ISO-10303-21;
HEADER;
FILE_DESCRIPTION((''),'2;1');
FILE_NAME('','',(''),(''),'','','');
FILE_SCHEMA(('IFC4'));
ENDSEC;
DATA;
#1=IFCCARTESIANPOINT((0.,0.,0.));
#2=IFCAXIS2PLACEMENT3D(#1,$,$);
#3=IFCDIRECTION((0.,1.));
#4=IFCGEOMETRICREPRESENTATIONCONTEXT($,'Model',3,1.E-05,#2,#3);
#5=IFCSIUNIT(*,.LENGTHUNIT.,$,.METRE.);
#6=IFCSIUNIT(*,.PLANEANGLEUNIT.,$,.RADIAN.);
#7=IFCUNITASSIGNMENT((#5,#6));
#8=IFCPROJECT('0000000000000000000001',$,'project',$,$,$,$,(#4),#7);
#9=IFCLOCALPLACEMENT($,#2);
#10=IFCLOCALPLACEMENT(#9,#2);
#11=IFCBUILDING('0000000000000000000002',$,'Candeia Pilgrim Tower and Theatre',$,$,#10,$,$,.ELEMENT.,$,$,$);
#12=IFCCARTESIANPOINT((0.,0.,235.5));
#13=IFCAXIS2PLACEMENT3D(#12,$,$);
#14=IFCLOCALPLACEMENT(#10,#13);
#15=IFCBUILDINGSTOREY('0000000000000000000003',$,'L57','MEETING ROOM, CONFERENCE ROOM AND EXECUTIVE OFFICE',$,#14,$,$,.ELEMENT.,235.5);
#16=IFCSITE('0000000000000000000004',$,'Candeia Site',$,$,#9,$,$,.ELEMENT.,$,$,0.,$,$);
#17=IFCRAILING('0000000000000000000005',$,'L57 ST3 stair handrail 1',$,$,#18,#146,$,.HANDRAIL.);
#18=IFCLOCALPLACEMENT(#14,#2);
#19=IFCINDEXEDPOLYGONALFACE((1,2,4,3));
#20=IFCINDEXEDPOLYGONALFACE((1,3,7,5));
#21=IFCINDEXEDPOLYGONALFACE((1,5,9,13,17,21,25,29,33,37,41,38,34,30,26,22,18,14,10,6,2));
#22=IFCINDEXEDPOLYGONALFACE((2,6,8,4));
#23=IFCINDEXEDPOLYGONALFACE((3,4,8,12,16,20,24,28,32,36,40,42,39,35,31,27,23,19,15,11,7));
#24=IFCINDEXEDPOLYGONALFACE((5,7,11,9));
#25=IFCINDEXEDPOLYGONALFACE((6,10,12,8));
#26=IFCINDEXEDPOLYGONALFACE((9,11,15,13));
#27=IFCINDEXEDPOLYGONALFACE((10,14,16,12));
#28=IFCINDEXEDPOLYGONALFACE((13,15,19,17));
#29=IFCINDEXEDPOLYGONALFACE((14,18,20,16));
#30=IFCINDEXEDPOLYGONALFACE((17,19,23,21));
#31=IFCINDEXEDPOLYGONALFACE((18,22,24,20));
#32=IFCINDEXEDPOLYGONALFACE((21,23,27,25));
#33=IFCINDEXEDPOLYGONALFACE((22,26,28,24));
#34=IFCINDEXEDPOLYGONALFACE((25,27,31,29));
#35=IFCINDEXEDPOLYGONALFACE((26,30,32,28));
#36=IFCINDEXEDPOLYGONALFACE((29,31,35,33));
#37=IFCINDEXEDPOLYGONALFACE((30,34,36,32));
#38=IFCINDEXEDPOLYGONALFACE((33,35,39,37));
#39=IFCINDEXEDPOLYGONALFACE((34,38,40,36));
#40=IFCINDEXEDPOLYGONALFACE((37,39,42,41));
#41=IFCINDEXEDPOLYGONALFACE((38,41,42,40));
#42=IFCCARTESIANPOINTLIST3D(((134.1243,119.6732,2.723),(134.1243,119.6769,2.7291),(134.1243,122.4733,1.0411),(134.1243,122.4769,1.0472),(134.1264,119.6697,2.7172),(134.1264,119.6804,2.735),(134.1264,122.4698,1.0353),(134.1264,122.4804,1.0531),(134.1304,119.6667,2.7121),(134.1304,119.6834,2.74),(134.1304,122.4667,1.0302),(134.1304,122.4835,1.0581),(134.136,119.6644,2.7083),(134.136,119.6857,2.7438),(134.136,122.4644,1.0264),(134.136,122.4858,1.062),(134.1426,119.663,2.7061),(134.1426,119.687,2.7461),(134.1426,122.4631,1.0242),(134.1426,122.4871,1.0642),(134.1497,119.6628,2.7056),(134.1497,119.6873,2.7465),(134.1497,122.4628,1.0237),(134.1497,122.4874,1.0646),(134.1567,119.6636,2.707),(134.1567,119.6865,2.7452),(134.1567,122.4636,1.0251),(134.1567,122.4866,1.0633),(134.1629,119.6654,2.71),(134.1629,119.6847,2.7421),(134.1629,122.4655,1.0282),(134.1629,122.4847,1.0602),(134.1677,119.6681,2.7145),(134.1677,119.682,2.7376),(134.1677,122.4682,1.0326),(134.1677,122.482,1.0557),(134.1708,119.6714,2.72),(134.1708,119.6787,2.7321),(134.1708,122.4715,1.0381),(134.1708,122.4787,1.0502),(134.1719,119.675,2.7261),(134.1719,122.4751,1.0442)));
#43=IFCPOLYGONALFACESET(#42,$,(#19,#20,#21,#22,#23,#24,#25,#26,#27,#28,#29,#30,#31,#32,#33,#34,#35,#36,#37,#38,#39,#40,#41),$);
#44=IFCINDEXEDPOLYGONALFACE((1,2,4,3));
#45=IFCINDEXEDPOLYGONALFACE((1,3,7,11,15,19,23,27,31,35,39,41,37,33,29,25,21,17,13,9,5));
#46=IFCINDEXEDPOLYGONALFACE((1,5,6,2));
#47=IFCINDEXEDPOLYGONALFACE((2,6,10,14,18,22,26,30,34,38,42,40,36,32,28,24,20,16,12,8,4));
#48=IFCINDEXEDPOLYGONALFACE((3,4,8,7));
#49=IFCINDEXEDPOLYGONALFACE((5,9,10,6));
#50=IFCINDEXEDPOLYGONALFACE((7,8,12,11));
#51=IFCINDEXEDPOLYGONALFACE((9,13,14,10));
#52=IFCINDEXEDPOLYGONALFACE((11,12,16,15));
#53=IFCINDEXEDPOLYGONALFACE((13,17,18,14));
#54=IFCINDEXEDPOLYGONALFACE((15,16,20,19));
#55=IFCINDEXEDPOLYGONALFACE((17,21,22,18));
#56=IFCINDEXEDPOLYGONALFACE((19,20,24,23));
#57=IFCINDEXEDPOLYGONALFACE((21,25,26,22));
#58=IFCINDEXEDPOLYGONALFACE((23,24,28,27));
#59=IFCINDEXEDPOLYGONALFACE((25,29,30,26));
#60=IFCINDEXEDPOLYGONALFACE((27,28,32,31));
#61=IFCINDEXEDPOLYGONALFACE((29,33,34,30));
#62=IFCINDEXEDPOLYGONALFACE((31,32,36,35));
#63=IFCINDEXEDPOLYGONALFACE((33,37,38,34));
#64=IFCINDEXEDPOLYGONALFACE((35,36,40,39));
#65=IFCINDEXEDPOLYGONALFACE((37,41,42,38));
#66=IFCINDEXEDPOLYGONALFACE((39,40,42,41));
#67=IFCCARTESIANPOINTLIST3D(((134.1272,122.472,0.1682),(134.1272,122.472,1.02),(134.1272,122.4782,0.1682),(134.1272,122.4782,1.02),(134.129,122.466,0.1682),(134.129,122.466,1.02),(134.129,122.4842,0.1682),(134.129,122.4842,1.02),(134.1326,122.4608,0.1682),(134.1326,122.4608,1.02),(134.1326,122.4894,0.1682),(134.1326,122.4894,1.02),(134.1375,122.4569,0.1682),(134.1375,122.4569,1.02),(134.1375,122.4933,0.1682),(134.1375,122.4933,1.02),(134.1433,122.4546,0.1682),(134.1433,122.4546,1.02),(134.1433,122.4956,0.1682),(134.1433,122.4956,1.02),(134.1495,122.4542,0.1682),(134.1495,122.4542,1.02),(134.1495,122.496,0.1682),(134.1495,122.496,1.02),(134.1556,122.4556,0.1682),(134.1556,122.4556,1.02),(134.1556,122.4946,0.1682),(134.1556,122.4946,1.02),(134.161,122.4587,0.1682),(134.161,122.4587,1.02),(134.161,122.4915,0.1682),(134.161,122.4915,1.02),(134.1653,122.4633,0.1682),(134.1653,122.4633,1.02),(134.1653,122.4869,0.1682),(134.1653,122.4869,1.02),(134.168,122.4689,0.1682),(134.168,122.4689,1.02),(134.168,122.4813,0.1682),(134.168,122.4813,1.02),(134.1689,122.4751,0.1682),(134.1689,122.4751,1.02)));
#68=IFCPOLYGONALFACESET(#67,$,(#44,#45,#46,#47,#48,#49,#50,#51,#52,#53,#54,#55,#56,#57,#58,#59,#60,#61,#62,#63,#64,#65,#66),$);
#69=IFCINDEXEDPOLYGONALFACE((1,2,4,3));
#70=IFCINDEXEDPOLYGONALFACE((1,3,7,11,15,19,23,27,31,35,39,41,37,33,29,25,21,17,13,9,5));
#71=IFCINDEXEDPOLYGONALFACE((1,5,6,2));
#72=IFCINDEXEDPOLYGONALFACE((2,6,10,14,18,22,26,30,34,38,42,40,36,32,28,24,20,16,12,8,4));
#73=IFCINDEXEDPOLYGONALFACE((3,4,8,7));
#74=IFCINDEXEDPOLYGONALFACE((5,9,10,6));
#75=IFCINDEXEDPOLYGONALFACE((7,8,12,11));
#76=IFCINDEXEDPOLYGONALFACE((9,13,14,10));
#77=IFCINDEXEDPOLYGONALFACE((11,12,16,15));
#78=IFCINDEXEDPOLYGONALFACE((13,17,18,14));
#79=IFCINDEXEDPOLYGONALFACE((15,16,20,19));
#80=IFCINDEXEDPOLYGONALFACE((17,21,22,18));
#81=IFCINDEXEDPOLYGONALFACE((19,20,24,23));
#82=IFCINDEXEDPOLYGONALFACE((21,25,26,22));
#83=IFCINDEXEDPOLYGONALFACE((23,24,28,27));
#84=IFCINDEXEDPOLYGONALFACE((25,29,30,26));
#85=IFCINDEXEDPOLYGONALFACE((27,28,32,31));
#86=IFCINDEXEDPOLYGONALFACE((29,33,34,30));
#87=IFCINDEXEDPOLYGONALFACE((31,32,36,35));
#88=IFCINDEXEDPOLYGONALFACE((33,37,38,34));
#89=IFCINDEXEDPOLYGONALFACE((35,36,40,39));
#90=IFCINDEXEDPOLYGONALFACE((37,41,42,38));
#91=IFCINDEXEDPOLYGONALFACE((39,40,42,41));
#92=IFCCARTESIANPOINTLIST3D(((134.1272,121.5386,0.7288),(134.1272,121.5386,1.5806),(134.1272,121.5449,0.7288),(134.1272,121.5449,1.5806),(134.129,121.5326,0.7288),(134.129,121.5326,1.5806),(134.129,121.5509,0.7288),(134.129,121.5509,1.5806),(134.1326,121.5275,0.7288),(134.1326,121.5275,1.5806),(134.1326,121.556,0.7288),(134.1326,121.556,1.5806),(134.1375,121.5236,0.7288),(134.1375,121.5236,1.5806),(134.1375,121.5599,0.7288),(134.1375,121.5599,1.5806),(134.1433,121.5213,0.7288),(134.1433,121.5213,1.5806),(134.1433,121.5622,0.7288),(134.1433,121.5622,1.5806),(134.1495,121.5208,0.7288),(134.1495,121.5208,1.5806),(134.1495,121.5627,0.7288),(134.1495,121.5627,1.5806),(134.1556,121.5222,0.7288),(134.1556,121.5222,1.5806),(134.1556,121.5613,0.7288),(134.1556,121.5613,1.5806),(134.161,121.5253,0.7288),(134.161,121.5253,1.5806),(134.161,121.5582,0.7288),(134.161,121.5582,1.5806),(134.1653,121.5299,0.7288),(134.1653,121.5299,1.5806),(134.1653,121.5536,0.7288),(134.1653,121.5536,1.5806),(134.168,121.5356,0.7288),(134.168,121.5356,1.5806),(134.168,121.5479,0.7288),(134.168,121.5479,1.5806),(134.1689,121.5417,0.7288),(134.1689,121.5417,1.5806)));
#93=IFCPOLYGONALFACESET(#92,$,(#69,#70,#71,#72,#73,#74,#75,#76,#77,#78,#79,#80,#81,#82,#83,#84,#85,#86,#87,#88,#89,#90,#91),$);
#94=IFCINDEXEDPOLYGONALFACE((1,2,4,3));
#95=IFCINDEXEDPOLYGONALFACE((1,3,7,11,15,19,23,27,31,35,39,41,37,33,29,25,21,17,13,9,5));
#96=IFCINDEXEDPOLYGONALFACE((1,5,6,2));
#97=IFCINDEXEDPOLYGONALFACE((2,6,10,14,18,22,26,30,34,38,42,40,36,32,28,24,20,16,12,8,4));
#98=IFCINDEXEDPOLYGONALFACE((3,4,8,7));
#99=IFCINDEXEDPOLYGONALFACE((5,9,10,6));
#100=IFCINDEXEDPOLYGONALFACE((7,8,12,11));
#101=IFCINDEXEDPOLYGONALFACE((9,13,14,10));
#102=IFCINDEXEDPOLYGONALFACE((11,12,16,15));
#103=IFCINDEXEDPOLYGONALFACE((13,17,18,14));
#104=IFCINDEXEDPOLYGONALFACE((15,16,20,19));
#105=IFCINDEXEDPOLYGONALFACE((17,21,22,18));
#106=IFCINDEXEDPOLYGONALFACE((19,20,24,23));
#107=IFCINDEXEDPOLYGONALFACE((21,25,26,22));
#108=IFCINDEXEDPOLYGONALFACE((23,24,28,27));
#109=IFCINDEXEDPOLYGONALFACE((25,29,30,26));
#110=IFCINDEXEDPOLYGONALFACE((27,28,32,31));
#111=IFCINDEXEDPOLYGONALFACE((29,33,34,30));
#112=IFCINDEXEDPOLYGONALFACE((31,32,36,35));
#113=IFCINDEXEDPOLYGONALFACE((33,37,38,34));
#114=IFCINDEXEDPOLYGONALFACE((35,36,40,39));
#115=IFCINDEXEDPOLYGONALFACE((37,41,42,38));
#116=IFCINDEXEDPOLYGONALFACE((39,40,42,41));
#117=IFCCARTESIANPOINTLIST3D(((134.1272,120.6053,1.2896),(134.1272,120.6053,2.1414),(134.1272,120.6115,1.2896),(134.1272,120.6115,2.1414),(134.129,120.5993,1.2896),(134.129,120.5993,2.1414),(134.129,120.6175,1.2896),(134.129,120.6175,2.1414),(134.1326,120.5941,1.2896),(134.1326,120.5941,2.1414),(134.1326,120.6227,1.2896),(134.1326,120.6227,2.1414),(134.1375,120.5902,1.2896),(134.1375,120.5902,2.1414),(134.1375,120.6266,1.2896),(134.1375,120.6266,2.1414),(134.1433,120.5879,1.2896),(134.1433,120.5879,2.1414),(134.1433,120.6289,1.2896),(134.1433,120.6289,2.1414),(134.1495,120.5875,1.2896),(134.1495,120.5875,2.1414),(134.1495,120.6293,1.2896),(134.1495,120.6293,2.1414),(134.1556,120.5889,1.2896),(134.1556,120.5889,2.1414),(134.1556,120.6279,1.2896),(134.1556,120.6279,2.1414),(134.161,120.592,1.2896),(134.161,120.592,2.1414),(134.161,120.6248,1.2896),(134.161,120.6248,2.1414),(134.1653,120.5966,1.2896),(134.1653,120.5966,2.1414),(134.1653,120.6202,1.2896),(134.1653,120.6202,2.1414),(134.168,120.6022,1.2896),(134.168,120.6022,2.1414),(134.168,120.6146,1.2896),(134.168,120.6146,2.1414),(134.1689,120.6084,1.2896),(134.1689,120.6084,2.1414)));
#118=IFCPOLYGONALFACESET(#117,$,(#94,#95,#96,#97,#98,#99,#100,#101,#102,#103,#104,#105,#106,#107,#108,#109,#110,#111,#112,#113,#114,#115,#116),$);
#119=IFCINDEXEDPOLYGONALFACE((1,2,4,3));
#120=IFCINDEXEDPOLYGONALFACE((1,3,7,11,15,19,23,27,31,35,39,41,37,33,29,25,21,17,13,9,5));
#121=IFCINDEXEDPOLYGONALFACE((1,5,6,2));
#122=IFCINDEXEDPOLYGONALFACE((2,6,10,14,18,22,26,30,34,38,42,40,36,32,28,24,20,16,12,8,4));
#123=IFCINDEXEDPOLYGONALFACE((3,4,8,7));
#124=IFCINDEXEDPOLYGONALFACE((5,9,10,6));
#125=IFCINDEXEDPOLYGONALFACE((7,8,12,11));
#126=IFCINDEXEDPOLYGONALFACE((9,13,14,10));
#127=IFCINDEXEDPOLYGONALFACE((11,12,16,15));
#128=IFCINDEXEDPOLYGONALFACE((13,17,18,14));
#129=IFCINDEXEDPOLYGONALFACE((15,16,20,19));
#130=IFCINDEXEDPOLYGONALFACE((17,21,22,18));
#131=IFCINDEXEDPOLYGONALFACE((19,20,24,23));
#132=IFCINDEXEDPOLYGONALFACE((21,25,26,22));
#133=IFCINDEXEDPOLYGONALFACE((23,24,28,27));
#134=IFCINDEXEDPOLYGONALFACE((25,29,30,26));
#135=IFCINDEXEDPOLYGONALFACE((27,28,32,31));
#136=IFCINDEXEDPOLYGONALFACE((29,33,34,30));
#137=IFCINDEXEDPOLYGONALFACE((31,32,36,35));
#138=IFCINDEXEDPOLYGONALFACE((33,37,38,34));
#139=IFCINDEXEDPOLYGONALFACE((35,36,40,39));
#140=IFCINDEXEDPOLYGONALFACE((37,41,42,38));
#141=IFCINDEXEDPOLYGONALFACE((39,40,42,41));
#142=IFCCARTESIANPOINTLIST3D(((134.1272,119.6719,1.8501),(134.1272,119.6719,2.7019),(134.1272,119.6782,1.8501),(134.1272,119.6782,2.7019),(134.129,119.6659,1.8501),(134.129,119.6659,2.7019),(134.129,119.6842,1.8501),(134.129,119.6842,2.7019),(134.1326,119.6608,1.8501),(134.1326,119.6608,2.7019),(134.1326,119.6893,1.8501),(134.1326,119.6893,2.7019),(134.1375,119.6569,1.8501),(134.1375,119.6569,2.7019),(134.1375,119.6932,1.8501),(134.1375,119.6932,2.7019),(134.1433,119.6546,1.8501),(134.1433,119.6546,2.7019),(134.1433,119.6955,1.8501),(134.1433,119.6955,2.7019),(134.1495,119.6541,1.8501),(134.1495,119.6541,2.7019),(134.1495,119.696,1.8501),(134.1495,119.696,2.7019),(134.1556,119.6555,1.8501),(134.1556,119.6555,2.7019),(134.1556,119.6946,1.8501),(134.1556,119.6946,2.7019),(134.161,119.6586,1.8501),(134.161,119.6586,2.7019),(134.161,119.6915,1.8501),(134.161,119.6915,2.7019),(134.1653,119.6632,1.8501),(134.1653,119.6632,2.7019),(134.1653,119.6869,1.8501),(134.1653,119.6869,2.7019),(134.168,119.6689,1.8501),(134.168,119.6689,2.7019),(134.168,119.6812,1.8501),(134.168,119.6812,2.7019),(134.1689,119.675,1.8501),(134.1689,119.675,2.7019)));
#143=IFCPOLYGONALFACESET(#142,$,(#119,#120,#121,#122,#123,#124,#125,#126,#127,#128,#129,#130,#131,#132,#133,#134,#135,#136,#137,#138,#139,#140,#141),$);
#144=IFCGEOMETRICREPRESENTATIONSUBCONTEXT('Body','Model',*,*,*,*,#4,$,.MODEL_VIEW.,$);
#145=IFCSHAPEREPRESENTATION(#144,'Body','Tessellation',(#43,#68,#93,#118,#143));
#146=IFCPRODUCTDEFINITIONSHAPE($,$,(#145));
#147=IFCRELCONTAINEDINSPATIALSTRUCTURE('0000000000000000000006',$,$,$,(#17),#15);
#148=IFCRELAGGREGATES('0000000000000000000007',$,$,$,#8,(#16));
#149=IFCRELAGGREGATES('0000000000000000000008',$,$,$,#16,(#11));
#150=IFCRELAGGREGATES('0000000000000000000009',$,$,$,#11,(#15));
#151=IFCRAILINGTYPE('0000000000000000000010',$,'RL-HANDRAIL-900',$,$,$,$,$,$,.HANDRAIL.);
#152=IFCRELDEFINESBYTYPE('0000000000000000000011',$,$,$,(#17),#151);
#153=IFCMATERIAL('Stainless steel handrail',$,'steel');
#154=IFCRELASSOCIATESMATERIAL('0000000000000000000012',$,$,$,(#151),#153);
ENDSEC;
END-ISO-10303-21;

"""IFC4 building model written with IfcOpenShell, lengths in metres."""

from ifc_helpers import new_model, si_unit, direction, frame, origin, origin_2d, place, context, subcontext, project, spatial, circle, extrude, material, type_object, element, save


model = new_model("IFC4")

# Units and contexts
model_context = context("Model", 3, precision=1e-05, world=origin(), true_north=direction((0.0, 1.0)))
body_context = subcontext(model_context, "Body", "Model", "MODEL_VIEW")
ifc_project = project(units=[si_unit("LENGTHUNIT", "METRE"), si_unit("PLANEANGLEUNIT", "RADIAN")], contexts=[model_context])

# Site, building, storey
site_placement = place(None, origin())
site = spatial("IfcSite", under=ifc_project, at=site_placement, Name="Candeia Site", CompositionType="ELEMENT", RefElevation=0.0)
building_placement = place(site_placement, origin())
building = spatial("IfcBuilding", under=site, at=building_placement, Name="Candeia Pilgrim Tower and Theatre", CompositionType="ELEMENT")
storey_placement = place(building_placement, frame((0.0, 0.0, 235.5)))
storey = spatial("IfcBuildingStorey", under=building, at=storey_placement, Name="L57", Description="MEETING ROOM, CONFERENCE ROOM AND EXECUTIVE OFFICE", CompositionType="ELEMENT", Elevation=235.5)

# Railing
ifc_material_1 = material(Name="Stainless steel handrail", Category="steel")
railing_type_1 = type_object("IfcRailingType", Name="RL-HANDRAIL-900", PredefinedType="HANDRAIL", material=ifc_material_1)
railing_1_placement = place(storey_placement, frame((134.1479, 122.4751, 0.1682)))
element("IfcRailing", 1, at=railing_1_placement, inside=storey, type_object=railing_type_1, Name="L57 ST3 stair handrail 1", PredefinedType="HANDRAIL", context=body_context, shape_type="SweptSolid", body=[
    extrude(circle(Radius=0.0239, at=origin_2d()), frame((0.0, 0.0, 0.876), z_axis=(0.0, -0.857242, 0.514913), x_axis=(1.0, 0.0, 0.0)), (0.0, 0.0, 1.0), 3.2664),
    extrude(circle(Radius=0.021, at=origin_2d()), origin(), (0.0, 0.0, 1.0), 0.8518),
    extrude(circle(Radius=0.021, at=origin_2d()), frame((0.0, -0.9333, 0.5605)), (0.0, 0.0, 1.0), 0.8518),
    extrude(circle(Radius=0.021, at=origin_2d()), frame((0.0, -1.8667, 1.1213)), (0.0, 0.0, 1.0), 0.8518),
    extrude(circle(Radius=0.021, at=origin_2d()), frame((0.0, -2.8, 1.6819)), (0.0, 0.0, 1.0), 0.8518),
])

save(model, "model.ifc")
